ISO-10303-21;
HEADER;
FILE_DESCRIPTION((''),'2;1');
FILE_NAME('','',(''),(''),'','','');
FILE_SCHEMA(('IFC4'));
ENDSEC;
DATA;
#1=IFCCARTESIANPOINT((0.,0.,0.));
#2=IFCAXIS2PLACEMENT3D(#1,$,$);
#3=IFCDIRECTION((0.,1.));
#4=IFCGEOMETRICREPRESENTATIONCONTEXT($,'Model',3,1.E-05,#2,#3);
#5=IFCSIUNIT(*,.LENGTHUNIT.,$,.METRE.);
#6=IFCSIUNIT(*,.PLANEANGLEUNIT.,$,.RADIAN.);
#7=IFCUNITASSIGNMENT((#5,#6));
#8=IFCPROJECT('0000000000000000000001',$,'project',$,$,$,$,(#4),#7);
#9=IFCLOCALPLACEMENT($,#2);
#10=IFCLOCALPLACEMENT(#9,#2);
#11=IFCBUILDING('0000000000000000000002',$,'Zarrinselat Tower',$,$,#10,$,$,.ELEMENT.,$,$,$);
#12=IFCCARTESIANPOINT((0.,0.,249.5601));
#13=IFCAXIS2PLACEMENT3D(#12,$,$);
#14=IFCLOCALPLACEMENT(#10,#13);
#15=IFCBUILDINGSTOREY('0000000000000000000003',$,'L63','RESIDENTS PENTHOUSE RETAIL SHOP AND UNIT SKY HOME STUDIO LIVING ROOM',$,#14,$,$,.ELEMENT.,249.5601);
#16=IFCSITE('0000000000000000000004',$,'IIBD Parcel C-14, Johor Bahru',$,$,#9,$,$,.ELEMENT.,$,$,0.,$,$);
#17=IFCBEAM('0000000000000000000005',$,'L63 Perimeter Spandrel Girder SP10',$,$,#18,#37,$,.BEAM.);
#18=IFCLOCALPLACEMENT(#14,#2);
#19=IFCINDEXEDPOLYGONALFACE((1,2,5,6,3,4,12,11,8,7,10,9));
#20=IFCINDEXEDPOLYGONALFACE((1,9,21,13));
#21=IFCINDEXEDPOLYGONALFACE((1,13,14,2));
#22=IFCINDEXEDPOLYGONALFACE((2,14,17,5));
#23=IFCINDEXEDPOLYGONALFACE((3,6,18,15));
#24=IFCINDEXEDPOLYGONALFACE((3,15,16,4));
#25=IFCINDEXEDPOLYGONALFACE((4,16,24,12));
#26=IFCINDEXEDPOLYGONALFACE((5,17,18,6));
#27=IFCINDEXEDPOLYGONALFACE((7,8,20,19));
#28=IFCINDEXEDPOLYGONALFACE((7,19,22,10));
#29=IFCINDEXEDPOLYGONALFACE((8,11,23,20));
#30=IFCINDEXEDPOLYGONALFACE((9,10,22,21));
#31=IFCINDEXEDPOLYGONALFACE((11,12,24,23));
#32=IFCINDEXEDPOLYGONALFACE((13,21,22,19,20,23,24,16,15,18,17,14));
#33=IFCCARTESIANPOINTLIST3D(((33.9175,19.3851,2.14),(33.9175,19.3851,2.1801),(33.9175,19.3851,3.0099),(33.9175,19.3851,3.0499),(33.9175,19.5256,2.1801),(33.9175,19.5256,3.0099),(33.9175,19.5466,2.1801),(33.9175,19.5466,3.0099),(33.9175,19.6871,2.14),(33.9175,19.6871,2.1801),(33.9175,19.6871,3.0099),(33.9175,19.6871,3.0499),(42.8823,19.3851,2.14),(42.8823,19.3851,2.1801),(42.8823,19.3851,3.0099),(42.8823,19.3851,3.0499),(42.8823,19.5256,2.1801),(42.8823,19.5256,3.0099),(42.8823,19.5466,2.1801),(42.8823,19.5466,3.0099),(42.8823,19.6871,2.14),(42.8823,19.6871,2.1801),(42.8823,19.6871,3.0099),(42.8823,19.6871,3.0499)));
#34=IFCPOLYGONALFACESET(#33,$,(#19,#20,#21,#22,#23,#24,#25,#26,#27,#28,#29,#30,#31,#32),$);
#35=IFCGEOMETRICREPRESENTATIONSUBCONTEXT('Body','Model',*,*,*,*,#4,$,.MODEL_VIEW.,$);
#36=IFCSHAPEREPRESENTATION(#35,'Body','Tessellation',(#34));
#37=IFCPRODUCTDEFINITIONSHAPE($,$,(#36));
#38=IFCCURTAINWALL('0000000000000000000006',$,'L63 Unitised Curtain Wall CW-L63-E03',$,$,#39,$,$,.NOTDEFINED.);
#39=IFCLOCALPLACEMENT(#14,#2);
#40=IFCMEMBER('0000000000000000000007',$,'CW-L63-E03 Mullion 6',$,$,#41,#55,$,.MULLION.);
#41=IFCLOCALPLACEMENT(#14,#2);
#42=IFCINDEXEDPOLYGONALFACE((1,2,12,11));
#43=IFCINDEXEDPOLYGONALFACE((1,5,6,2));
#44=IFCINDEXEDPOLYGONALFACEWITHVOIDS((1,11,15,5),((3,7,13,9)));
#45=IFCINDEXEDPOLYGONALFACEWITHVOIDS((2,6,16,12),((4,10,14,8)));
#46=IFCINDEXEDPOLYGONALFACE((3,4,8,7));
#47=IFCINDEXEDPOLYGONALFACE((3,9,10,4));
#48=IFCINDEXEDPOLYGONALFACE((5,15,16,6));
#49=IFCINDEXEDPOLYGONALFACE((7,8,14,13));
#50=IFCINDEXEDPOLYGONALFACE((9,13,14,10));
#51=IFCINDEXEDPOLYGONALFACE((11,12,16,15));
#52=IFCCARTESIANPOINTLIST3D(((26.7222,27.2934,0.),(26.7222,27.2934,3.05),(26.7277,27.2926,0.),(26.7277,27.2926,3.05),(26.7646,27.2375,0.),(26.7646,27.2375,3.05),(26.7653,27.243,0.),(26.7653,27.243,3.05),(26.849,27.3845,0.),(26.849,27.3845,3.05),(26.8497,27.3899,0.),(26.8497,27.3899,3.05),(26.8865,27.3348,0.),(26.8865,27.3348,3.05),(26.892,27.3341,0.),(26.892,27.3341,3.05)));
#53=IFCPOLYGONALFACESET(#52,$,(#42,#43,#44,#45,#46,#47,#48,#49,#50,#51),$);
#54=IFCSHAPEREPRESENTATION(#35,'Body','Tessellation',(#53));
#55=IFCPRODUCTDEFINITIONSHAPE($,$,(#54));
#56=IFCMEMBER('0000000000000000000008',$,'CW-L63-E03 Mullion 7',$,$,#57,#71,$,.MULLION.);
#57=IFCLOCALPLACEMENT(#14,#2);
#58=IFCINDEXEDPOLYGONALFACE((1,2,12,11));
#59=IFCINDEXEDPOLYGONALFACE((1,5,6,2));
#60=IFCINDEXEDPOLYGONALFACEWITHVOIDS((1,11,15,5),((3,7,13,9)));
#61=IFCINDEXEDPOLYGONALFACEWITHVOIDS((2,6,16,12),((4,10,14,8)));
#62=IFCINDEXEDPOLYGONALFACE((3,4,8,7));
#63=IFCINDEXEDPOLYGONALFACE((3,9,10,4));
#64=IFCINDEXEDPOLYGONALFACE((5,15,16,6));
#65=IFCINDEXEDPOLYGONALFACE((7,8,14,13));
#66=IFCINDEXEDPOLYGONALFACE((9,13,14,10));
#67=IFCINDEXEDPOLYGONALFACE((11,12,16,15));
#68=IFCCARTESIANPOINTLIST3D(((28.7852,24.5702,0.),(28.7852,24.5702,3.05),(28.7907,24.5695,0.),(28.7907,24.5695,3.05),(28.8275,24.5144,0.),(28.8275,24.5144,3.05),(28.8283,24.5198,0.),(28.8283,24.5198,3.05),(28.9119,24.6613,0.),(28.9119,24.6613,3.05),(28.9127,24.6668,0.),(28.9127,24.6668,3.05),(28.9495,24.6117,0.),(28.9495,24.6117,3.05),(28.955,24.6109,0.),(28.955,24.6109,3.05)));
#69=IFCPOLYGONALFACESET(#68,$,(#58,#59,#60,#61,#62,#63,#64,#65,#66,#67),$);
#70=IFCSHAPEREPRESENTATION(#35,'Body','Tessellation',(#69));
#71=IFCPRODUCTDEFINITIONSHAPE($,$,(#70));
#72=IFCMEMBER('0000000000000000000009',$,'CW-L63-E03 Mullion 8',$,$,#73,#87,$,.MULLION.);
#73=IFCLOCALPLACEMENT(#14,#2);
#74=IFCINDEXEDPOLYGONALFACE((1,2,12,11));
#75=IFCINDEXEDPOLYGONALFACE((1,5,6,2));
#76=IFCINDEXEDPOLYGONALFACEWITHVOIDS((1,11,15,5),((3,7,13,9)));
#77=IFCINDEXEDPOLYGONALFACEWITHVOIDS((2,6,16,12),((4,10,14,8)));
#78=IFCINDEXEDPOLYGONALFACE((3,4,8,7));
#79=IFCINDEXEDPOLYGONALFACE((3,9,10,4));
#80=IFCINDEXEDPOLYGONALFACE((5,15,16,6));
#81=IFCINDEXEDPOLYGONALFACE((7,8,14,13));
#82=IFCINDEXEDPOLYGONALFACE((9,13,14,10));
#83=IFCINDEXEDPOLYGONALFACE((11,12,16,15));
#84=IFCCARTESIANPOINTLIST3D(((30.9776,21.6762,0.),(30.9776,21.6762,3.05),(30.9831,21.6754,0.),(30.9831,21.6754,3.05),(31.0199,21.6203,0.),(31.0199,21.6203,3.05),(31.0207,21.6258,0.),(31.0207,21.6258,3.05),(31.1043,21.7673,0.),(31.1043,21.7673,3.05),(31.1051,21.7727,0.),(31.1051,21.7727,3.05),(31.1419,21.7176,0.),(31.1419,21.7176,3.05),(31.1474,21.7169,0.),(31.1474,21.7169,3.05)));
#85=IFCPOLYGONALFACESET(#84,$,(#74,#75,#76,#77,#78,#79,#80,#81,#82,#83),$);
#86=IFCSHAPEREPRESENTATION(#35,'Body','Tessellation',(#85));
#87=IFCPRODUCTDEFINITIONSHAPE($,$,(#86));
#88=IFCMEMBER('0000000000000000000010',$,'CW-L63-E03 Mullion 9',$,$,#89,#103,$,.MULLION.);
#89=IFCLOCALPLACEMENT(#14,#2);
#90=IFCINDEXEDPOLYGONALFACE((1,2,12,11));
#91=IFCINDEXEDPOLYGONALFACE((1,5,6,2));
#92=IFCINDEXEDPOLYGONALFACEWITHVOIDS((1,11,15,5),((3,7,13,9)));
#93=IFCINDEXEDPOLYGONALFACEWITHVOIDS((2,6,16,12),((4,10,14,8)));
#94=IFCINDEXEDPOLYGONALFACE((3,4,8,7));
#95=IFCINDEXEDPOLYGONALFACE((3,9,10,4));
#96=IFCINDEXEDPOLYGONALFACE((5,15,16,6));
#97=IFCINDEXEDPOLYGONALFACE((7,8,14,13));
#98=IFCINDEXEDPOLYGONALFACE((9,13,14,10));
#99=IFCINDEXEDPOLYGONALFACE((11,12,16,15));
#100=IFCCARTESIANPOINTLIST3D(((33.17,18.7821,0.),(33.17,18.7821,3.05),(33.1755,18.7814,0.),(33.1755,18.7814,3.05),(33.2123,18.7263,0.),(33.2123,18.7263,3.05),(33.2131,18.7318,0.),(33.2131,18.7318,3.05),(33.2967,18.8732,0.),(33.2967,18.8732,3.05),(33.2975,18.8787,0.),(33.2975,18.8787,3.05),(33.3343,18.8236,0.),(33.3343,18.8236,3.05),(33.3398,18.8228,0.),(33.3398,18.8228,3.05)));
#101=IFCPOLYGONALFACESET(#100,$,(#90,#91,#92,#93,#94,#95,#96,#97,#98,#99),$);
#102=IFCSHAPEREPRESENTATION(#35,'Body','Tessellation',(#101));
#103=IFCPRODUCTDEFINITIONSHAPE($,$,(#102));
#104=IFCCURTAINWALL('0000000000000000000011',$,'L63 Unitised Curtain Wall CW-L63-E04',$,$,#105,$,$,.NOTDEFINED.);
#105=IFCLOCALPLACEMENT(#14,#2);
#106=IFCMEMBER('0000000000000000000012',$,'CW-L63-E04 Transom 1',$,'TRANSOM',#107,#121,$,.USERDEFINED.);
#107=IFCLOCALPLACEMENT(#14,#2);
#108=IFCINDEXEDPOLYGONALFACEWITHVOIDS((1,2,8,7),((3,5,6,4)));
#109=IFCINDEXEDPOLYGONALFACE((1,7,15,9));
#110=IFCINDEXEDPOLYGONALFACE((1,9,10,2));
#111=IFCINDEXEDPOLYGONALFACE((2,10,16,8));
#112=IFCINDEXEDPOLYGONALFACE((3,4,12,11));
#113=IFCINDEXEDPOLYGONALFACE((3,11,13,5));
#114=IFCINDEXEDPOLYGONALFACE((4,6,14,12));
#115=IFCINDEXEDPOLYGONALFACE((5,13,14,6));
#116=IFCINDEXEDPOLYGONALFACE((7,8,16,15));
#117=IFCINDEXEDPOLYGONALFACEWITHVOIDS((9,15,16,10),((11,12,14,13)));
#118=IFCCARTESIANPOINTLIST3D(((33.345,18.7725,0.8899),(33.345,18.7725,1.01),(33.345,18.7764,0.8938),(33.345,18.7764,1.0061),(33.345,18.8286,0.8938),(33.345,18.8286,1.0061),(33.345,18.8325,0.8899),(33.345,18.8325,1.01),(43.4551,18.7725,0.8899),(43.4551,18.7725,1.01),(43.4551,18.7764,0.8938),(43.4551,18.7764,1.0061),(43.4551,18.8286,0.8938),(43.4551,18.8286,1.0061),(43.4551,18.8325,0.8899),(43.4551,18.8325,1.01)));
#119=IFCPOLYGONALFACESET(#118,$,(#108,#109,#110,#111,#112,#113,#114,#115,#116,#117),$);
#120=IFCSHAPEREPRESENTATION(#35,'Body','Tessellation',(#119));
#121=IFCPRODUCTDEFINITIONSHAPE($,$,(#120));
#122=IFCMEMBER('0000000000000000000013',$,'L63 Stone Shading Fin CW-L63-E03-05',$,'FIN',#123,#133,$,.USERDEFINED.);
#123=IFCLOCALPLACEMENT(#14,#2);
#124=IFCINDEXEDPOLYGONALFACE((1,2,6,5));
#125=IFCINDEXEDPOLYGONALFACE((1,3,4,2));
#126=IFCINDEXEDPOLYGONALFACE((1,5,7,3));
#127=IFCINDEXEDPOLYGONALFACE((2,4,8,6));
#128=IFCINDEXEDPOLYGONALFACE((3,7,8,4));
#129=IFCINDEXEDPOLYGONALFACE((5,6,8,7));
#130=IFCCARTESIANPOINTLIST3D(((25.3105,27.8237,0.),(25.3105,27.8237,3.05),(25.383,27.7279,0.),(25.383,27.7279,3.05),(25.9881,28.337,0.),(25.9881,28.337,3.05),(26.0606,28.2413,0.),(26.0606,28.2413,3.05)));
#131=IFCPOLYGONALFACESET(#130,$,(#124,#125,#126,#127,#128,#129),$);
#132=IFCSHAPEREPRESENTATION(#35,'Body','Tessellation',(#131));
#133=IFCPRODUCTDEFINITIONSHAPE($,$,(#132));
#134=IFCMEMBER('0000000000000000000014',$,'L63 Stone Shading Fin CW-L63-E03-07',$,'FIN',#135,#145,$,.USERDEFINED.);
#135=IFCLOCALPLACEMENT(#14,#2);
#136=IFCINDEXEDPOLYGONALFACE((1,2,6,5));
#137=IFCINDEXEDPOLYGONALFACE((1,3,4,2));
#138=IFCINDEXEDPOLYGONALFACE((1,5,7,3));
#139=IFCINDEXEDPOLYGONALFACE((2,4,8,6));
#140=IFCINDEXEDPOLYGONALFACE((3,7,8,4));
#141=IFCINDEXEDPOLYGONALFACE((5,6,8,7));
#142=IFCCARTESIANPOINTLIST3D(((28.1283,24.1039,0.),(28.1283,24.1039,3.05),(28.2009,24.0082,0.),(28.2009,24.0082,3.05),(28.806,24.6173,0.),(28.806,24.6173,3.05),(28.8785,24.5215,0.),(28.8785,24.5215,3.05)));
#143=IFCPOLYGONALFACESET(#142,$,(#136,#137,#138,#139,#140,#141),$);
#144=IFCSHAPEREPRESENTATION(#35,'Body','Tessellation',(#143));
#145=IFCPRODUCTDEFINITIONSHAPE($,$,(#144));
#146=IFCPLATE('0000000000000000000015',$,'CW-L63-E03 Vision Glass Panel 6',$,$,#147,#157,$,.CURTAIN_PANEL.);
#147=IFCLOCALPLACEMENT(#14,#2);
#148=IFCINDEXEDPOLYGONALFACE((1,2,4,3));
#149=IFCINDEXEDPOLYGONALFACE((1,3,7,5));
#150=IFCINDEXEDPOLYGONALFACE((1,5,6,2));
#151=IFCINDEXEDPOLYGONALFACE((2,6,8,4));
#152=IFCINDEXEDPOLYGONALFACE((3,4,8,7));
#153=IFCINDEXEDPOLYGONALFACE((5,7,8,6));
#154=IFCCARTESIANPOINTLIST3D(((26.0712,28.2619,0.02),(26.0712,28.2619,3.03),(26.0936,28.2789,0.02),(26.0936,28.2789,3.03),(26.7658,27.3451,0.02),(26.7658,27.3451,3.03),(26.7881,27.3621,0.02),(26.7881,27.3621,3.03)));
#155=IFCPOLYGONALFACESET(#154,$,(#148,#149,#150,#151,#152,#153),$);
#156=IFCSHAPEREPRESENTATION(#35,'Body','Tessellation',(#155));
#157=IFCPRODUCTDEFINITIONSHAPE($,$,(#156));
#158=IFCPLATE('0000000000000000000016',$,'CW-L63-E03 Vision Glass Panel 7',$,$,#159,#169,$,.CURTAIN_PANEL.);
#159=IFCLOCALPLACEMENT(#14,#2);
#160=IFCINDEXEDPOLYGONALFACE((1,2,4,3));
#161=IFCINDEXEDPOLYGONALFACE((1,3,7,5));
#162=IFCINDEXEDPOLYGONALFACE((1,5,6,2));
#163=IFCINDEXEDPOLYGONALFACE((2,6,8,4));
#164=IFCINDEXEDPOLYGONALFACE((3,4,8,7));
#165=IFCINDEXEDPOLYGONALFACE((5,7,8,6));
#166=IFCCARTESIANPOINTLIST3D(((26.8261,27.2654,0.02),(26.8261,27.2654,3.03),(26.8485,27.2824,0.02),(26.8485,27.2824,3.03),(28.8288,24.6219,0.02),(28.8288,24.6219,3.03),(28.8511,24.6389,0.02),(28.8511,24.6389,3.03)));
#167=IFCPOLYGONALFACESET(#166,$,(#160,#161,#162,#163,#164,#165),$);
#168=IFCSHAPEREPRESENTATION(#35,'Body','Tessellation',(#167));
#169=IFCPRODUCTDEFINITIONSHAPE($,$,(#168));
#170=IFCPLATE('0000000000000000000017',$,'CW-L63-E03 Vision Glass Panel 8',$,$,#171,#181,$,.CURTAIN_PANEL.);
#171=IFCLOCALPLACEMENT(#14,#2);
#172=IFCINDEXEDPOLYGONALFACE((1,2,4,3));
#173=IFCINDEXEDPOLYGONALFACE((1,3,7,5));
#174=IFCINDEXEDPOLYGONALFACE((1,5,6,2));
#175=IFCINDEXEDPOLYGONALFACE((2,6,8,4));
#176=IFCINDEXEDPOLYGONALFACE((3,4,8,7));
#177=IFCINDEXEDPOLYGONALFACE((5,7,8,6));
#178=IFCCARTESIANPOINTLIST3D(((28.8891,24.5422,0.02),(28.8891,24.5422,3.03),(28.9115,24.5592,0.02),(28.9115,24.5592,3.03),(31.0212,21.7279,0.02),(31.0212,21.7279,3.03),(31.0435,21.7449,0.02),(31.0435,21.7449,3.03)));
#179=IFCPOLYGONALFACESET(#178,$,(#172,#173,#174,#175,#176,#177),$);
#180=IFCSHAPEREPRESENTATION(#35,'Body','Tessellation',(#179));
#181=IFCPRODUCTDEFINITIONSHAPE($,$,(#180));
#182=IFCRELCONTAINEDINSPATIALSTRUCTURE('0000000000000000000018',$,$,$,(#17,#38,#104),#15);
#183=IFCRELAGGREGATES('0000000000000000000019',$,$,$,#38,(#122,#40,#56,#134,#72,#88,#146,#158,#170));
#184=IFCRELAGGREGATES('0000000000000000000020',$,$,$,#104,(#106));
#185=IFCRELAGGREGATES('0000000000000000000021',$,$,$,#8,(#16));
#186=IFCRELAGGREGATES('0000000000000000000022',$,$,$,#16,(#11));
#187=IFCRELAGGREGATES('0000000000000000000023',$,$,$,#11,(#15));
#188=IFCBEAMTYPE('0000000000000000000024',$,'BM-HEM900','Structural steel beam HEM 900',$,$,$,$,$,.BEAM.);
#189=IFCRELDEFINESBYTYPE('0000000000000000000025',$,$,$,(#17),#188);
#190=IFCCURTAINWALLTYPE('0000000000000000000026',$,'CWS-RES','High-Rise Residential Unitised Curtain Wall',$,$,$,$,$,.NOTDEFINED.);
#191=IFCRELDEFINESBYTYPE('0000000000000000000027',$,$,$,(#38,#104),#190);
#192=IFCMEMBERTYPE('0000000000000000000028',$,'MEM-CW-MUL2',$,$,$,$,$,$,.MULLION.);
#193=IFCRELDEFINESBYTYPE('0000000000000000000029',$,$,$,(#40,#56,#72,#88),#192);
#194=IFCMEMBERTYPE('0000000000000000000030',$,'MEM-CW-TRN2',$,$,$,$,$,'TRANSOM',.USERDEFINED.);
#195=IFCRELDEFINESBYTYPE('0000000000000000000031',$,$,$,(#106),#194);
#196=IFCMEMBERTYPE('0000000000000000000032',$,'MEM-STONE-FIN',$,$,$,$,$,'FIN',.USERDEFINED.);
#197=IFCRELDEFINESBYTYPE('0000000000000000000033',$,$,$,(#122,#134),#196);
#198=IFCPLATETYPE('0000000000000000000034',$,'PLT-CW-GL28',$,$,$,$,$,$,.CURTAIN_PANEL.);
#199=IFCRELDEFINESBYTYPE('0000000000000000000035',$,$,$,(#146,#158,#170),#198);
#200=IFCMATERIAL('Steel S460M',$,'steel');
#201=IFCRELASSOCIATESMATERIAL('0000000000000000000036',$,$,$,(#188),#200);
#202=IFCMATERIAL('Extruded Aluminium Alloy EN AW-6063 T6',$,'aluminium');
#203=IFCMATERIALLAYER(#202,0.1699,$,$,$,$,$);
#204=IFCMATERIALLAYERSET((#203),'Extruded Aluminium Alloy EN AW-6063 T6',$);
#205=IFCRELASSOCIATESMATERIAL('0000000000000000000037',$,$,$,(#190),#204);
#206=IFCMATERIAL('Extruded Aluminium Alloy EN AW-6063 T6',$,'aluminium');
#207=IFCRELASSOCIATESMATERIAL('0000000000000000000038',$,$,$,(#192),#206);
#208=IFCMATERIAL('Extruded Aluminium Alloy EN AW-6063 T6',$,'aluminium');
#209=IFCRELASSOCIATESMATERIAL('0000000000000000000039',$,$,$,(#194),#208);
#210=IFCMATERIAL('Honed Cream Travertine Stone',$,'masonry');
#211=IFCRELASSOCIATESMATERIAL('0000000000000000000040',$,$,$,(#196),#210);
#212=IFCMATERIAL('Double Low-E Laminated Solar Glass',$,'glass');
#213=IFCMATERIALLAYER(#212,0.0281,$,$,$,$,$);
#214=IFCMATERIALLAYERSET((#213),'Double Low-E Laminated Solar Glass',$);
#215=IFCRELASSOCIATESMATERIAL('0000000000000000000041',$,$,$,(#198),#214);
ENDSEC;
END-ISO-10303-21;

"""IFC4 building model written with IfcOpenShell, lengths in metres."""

from ifc_helpers import new_model, si_unit, direction, frame, origin, origin_2d, place, context, subcontext, project, spatial, rectangle, hollow_rectangle, i_section, extrude, material, layer, layer_set, material_profile, profile_set, type_object, element, aggregate, save


model = new_model("IFC4")

# Units and contexts
model_context = context("Model", 3, precision=1e-05, world=origin(), true_north=direction((0.0, 1.0)))
body_context = subcontext(model_context, "Body", "Model", "MODEL_VIEW")
ifc_project = project(units=[si_unit("LENGTHUNIT", "METRE"), si_unit("PLANEANGLEUNIT", "RADIAN")], contexts=[model_context])

# Site, building, storey
site_placement = place(None, origin())
site = spatial("IfcSite", under=ifc_project, at=site_placement, Name="IIBD Parcel C-14, Johor Bahru", CompositionType="ELEMENT", RefElevation=0.0)
building_placement = place(site_placement, origin())
building = spatial("IfcBuilding", under=site, at=building_placement, Name="Zarrinselat Tower", CompositionType="ELEMENT")
storey_placement = place(building_placement, frame((0.0, 0.0, 249.5601)))
storey = spatial("IfcBuildingStorey", under=building, at=storey_placement, Name="L63", Description="RESIDENTS PENTHOUSE RETAIL SHOP AND UNIT SKY HOME STUDIO LIVING ROOM", CompositionType="ELEMENT", Elevation=249.5601)

# Beam
ifc_material_1 = material(Name="Steel S460M", Category="steel")
ifc_material_profile_1 = material_profile(ifc_material_1, i_section(OverallWidth=0.302, OverallDepth=0.9099, WebThickness=0.021, FlangeThickness=0.04, at=origin_2d()), Name="HEM 900")
ifc_profile_set_1 = profile_set([ifc_material_profile_1], Name="Steel S460M")
beam_type_1 = type_object("IfcBeamType", Name="BM-HEM900", Description="Structural steel beam HEM 900", PredefinedType="BEAM", material=ifc_profile_set_1)
beam_1_placement = place(storey_placement, frame((33.9175, 19.5361, 2.595), z_axis=(1.0, 0.0, 0.0), x_axis=(0.0, 1.0, 0.0)))
element("IfcBeam", 1, at=beam_1_placement, inside=storey, type_object=beam_type_1, Name="L63 Perimeter Spandrel Girder SP10", PredefinedType="BEAM", context=body_context, shape_type="SweptSolid", body=[
    extrude(i_section(OverallWidth=0.302, OverallDepth=0.9099, WebThickness=0.021, FlangeThickness=0.04, at=origin_2d()), origin(), (0.0, 0.0, 1.0), 8.9648),
])

# Curtain wall, members
ifc_material_2 = material(Name="Extruded Aluminium Alloy EN AW-6063 T6", Category="aluminium")
ifc_layer_1 = layer(ifc_material_2, 0.1699)
ifc_layer_set_1 = layer_set([ifc_layer_1], Name="Extruded Aluminium Alloy EN AW-6063 T6")
curtain_wall_type = type_object("IfcCurtainWallType", Name="CWS-RES", Description="High-Rise Residential Unitised Curtain Wall", PredefinedType="NOTDEFINED", material=ifc_layer_set_1)
curtain_wall_1_placement = place(storey_placement, origin())
curtain_wall_1 = element("IfcCurtainWall", 2, at=curtain_wall_1_placement, inside=storey, type_object=curtain_wall_type, Name="L63 Unitised Curtain Wall CW-L63-E03", PredefinedType="NOTDEFINED")
ifc_material_3 = material(Name="Extruded Aluminium Alloy EN AW-6063 T6", Category="aluminium")
ifc_material_profile_2 = material_profile(ifc_material_3, hollow_rectangle(XDim=0.0701, YDim=0.1599, WallThickness=0.0039, at=origin_2d()), Name="RHS 160x70x4")
ifc_profile_set_2 = profile_set([ifc_material_profile_2], Name="Extruded Aluminium Alloy EN AW-6063 T6")
member_type_1 = type_object("IfcMemberType", Name="MEM-CW-MUL2", PredefinedType="MULLION", material=ifc_profile_set_2)
member_1_placement = place(storey_placement, frame((26.8071, 27.3137, 0.0), z_axis=(0.0, 0.0, 1.0), x_axis=(0.603857, -0.797092, 0.0)))
member_1 = element("IfcMember", 3, at=member_1_placement, type_object=member_type_1, Name="CW-L63-E03 Mullion 6", PredefinedType="MULLION", context=body_context, shape_type="SweptSolid", body=[
    extrude(hollow_rectangle(XDim=0.0701, YDim=0.1599, WallThickness=0.0039, at=origin_2d()), origin(), (0.0, 0.0, 1.0), 3.05),
])
member_2_placement = place(storey_placement, frame((28.8701, 24.5906, 0.0), z_axis=(0.0, 0.0, 1.0), x_axis=(0.603857, -0.797092, 0.0)))
member_2 = element("IfcMember", 4, at=member_2_placement, type_object=member_type_1, Name="CW-L63-E03 Mullion 7", PredefinedType="MULLION", context=body_context, shape_type="SweptSolid", body=[
    extrude(hollow_rectangle(XDim=0.0701, YDim=0.1599, WallThickness=0.0039, at=origin_2d()), origin(), (0.0, 0.0, 1.0), 3.05),
])
member_3_placement = place(storey_placement, frame((31.0625, 21.6965, 0.0), z_axis=(0.0, 0.0, 1.0), x_axis=(0.603857, -0.797092, 0.0)))
member_3 = element("IfcMember", 5, at=member_3_placement, type_object=member_type_1, Name="CW-L63-E03 Mullion 8", PredefinedType="MULLION", context=body_context, shape_type="SweptSolid", body=[
    extrude(hollow_rectangle(XDim=0.0701, YDim=0.1599, WallThickness=0.0039, at=origin_2d()), origin(), (0.0, 0.0, 1.0), 3.05),
])
member_4_placement = place(storey_placement, frame((33.2549, 18.8025, 0.0), z_axis=(0.0, 0.0, 1.0), x_axis=(0.603857, -0.797092, 0.0)))
member_4 = element("IfcMember", 6, at=member_4_placement, type_object=member_type_1, Name="CW-L63-E03 Mullion 9", PredefinedType="MULLION", context=body_context, shape_type="SweptSolid", body=[
    extrude(hollow_rectangle(XDim=0.0701, YDim=0.1599, WallThickness=0.0039, at=origin_2d()), origin(), (0.0, 0.0, 1.0), 3.05),
])

# Curtain wall, member
curtain_wall_2_placement = place(storey_placement, origin())
curtain_wall_2 = element("IfcCurtainWall", 7, at=curtain_wall_2_placement, inside=storey, type_object=curtain_wall_type, Name="L63 Unitised Curtain Wall CW-L63-E04", PredefinedType="NOTDEFINED")
ifc_material_4 = material(Name="Extruded Aluminium Alloy EN AW-6063 T6", Category="aluminium")
ifc_material_profile_3 = material_profile(ifc_material_4, hollow_rectangle(XDim=0.0601, YDim=0.1201, WallThickness=0.0039, at=origin_2d()), Name="RHS 120x60x4")
ifc_profile_set_3 = profile_set([ifc_material_profile_3], Name="Extruded Aluminium Alloy EN AW-6063 T6")
member_type_2 = type_object("IfcMemberType", Name="MEM-CW-TRN2", ElementType="TRANSOM", PredefinedType="USERDEFINED", material=ifc_profile_set_3)
member_5_placement = place(storey_placement, frame((33.345, 18.8025, 0.95), z_axis=(1.0, 0.0, 0.0), x_axis=(0.0, 1.0, 0.0)))
member_5 = element("IfcMember", 8, at=member_5_placement, type_object=member_type_2, Name="CW-L63-E04 Transom 1", ObjectType="TRANSOM", PredefinedType="USERDEFINED", context=body_context, shape_type="SweptSolid", body=[
    extrude(hollow_rectangle(XDim=0.0601, YDim=0.1201, WallThickness=0.0039, at=origin_2d()), origin(), (0.0, 0.0, 1.0), 10.1101),
])

# Members
ifc_material_5 = material(Name="Honed Cream Travertine Stone", Category="masonry")
ifc_material_profile_4 = material_profile(ifc_material_5, rectangle(XDim=0.1201, YDim=0.8501, at=origin_2d()), Name="FIN 850x120")
ifc_profile_set_4 = profile_set([ifc_material_profile_4], Name="Honed Cream Travertine Stone")
member_type_3 = type_object("IfcMemberType", Name="MEM-STONE-FIN", ElementType="FIN", PredefinedType="USERDEFINED", material=ifc_profile_set_4)
member_6_placement = place(storey_placement, frame((25.6855, 28.0325, 0.0), z_axis=(0.0, 0.0, 1.0), x_axis=(-0.603857, 0.797092, 0.0)))
member_6 = element("IfcMember", 9, at=member_6_placement, type_object=member_type_3, Name="L63 Stone Shading Fin CW-L63-E03-05", ObjectType="FIN", PredefinedType="USERDEFINED", context=body_context, shape_type="SweptSolid", body=[
    extrude(rectangle(XDim=0.1201, YDim=0.8501, at=origin_2d()), origin(), (0.0, 0.0, 1.0), 3.05),
])
member_7_placement = place(storey_placement, frame((28.5034, 24.3127, 0.0), z_axis=(0.0, 0.0, 1.0), x_axis=(-0.603857, 0.797092, 0.0)))
member_7 = element("IfcMember", 10, at=member_7_placement, type_object=member_type_3, Name="L63 Stone Shading Fin CW-L63-E03-07", ObjectType="FIN", PredefinedType="USERDEFINED", context=body_context, shape_type="SweptSolid", body=[
    extrude(rectangle(XDim=0.1201, YDim=0.8501, at=origin_2d()), origin(), (0.0, 0.0, 1.0), 3.05),
])

# Plates
ifc_material_6 = material(Name="Double Low-E Laminated Solar Glass", Category="glass")
ifc_layer_2 = layer(ifc_material_6, 0.0281)
ifc_layer_set_2 = layer_set([ifc_layer_2], Name="Double Low-E Laminated Solar Glass")
plate_type = type_object("IfcPlateType", Name="PLT-CW-GL28", PredefinedType="CURTAIN_PANEL", material=ifc_layer_set_2)
plate_1_placement = place(storey_placement, frame((26.4297, 27.812, 0.02), z_axis=(0.0, 0.0, 1.0), x_axis=(0.603857, -0.797092, 0.0)))
plate_1 = element("IfcPlate", 11, at=plate_1_placement, type_object=plate_type, Name="CW-L63-E03 Vision Glass Panel 6", PredefinedType="CURTAIN_PANEL", context=body_context, shape_type="SweptSolid", body=[
    extrude(rectangle(XDim=1.1501, YDim=0.0281, at=origin_2d()), origin(), (0.0, 0.0, 1.0), 3.01),
])
plate_2_placement = place(storey_placement, frame((27.8386, 25.9521, 0.02), z_axis=(0.0, 0.0, 1.0), x_axis=(0.603857, -0.797092, 0.0)))
plate_2 = element("IfcPlate", 12, at=plate_2_placement, type_object=plate_type, Name="CW-L63-E03 Vision Glass Panel 7", PredefinedType="CURTAIN_PANEL", context=body_context, shape_type="SweptSolid", body=[
    extrude(rectangle(XDim=3.3164, YDim=0.0281, at=origin_2d()), origin(), (0.0, 0.0, 1.0), 3.01),
])
plate_3_placement = place(storey_placement, frame((29.9663, 23.1436, 0.02), z_axis=(0.0, 0.0, 1.0), x_axis=(0.603857, -0.797092, 0.0)))
plate_3 = element("IfcPlate", 13, at=plate_3_placement, type_object=plate_type, Name="CW-L63-E03 Vision Glass Panel 8", PredefinedType="CURTAIN_PANEL", context=body_context, shape_type="SweptSolid", body=[
    extrude(rectangle(XDim=3.5308, YDim=0.0281, at=origin_2d()), origin(), (0.0, 0.0, 1.0), 3.01),
])
aggregate(curtain_wall_1, [member_6, member_1, member_2, member_7, member_3, member_4, plate_1, plate_2, plate_3])
aggregate(curtain_wall_2, [member_5])

save(model, "model.ifc")
